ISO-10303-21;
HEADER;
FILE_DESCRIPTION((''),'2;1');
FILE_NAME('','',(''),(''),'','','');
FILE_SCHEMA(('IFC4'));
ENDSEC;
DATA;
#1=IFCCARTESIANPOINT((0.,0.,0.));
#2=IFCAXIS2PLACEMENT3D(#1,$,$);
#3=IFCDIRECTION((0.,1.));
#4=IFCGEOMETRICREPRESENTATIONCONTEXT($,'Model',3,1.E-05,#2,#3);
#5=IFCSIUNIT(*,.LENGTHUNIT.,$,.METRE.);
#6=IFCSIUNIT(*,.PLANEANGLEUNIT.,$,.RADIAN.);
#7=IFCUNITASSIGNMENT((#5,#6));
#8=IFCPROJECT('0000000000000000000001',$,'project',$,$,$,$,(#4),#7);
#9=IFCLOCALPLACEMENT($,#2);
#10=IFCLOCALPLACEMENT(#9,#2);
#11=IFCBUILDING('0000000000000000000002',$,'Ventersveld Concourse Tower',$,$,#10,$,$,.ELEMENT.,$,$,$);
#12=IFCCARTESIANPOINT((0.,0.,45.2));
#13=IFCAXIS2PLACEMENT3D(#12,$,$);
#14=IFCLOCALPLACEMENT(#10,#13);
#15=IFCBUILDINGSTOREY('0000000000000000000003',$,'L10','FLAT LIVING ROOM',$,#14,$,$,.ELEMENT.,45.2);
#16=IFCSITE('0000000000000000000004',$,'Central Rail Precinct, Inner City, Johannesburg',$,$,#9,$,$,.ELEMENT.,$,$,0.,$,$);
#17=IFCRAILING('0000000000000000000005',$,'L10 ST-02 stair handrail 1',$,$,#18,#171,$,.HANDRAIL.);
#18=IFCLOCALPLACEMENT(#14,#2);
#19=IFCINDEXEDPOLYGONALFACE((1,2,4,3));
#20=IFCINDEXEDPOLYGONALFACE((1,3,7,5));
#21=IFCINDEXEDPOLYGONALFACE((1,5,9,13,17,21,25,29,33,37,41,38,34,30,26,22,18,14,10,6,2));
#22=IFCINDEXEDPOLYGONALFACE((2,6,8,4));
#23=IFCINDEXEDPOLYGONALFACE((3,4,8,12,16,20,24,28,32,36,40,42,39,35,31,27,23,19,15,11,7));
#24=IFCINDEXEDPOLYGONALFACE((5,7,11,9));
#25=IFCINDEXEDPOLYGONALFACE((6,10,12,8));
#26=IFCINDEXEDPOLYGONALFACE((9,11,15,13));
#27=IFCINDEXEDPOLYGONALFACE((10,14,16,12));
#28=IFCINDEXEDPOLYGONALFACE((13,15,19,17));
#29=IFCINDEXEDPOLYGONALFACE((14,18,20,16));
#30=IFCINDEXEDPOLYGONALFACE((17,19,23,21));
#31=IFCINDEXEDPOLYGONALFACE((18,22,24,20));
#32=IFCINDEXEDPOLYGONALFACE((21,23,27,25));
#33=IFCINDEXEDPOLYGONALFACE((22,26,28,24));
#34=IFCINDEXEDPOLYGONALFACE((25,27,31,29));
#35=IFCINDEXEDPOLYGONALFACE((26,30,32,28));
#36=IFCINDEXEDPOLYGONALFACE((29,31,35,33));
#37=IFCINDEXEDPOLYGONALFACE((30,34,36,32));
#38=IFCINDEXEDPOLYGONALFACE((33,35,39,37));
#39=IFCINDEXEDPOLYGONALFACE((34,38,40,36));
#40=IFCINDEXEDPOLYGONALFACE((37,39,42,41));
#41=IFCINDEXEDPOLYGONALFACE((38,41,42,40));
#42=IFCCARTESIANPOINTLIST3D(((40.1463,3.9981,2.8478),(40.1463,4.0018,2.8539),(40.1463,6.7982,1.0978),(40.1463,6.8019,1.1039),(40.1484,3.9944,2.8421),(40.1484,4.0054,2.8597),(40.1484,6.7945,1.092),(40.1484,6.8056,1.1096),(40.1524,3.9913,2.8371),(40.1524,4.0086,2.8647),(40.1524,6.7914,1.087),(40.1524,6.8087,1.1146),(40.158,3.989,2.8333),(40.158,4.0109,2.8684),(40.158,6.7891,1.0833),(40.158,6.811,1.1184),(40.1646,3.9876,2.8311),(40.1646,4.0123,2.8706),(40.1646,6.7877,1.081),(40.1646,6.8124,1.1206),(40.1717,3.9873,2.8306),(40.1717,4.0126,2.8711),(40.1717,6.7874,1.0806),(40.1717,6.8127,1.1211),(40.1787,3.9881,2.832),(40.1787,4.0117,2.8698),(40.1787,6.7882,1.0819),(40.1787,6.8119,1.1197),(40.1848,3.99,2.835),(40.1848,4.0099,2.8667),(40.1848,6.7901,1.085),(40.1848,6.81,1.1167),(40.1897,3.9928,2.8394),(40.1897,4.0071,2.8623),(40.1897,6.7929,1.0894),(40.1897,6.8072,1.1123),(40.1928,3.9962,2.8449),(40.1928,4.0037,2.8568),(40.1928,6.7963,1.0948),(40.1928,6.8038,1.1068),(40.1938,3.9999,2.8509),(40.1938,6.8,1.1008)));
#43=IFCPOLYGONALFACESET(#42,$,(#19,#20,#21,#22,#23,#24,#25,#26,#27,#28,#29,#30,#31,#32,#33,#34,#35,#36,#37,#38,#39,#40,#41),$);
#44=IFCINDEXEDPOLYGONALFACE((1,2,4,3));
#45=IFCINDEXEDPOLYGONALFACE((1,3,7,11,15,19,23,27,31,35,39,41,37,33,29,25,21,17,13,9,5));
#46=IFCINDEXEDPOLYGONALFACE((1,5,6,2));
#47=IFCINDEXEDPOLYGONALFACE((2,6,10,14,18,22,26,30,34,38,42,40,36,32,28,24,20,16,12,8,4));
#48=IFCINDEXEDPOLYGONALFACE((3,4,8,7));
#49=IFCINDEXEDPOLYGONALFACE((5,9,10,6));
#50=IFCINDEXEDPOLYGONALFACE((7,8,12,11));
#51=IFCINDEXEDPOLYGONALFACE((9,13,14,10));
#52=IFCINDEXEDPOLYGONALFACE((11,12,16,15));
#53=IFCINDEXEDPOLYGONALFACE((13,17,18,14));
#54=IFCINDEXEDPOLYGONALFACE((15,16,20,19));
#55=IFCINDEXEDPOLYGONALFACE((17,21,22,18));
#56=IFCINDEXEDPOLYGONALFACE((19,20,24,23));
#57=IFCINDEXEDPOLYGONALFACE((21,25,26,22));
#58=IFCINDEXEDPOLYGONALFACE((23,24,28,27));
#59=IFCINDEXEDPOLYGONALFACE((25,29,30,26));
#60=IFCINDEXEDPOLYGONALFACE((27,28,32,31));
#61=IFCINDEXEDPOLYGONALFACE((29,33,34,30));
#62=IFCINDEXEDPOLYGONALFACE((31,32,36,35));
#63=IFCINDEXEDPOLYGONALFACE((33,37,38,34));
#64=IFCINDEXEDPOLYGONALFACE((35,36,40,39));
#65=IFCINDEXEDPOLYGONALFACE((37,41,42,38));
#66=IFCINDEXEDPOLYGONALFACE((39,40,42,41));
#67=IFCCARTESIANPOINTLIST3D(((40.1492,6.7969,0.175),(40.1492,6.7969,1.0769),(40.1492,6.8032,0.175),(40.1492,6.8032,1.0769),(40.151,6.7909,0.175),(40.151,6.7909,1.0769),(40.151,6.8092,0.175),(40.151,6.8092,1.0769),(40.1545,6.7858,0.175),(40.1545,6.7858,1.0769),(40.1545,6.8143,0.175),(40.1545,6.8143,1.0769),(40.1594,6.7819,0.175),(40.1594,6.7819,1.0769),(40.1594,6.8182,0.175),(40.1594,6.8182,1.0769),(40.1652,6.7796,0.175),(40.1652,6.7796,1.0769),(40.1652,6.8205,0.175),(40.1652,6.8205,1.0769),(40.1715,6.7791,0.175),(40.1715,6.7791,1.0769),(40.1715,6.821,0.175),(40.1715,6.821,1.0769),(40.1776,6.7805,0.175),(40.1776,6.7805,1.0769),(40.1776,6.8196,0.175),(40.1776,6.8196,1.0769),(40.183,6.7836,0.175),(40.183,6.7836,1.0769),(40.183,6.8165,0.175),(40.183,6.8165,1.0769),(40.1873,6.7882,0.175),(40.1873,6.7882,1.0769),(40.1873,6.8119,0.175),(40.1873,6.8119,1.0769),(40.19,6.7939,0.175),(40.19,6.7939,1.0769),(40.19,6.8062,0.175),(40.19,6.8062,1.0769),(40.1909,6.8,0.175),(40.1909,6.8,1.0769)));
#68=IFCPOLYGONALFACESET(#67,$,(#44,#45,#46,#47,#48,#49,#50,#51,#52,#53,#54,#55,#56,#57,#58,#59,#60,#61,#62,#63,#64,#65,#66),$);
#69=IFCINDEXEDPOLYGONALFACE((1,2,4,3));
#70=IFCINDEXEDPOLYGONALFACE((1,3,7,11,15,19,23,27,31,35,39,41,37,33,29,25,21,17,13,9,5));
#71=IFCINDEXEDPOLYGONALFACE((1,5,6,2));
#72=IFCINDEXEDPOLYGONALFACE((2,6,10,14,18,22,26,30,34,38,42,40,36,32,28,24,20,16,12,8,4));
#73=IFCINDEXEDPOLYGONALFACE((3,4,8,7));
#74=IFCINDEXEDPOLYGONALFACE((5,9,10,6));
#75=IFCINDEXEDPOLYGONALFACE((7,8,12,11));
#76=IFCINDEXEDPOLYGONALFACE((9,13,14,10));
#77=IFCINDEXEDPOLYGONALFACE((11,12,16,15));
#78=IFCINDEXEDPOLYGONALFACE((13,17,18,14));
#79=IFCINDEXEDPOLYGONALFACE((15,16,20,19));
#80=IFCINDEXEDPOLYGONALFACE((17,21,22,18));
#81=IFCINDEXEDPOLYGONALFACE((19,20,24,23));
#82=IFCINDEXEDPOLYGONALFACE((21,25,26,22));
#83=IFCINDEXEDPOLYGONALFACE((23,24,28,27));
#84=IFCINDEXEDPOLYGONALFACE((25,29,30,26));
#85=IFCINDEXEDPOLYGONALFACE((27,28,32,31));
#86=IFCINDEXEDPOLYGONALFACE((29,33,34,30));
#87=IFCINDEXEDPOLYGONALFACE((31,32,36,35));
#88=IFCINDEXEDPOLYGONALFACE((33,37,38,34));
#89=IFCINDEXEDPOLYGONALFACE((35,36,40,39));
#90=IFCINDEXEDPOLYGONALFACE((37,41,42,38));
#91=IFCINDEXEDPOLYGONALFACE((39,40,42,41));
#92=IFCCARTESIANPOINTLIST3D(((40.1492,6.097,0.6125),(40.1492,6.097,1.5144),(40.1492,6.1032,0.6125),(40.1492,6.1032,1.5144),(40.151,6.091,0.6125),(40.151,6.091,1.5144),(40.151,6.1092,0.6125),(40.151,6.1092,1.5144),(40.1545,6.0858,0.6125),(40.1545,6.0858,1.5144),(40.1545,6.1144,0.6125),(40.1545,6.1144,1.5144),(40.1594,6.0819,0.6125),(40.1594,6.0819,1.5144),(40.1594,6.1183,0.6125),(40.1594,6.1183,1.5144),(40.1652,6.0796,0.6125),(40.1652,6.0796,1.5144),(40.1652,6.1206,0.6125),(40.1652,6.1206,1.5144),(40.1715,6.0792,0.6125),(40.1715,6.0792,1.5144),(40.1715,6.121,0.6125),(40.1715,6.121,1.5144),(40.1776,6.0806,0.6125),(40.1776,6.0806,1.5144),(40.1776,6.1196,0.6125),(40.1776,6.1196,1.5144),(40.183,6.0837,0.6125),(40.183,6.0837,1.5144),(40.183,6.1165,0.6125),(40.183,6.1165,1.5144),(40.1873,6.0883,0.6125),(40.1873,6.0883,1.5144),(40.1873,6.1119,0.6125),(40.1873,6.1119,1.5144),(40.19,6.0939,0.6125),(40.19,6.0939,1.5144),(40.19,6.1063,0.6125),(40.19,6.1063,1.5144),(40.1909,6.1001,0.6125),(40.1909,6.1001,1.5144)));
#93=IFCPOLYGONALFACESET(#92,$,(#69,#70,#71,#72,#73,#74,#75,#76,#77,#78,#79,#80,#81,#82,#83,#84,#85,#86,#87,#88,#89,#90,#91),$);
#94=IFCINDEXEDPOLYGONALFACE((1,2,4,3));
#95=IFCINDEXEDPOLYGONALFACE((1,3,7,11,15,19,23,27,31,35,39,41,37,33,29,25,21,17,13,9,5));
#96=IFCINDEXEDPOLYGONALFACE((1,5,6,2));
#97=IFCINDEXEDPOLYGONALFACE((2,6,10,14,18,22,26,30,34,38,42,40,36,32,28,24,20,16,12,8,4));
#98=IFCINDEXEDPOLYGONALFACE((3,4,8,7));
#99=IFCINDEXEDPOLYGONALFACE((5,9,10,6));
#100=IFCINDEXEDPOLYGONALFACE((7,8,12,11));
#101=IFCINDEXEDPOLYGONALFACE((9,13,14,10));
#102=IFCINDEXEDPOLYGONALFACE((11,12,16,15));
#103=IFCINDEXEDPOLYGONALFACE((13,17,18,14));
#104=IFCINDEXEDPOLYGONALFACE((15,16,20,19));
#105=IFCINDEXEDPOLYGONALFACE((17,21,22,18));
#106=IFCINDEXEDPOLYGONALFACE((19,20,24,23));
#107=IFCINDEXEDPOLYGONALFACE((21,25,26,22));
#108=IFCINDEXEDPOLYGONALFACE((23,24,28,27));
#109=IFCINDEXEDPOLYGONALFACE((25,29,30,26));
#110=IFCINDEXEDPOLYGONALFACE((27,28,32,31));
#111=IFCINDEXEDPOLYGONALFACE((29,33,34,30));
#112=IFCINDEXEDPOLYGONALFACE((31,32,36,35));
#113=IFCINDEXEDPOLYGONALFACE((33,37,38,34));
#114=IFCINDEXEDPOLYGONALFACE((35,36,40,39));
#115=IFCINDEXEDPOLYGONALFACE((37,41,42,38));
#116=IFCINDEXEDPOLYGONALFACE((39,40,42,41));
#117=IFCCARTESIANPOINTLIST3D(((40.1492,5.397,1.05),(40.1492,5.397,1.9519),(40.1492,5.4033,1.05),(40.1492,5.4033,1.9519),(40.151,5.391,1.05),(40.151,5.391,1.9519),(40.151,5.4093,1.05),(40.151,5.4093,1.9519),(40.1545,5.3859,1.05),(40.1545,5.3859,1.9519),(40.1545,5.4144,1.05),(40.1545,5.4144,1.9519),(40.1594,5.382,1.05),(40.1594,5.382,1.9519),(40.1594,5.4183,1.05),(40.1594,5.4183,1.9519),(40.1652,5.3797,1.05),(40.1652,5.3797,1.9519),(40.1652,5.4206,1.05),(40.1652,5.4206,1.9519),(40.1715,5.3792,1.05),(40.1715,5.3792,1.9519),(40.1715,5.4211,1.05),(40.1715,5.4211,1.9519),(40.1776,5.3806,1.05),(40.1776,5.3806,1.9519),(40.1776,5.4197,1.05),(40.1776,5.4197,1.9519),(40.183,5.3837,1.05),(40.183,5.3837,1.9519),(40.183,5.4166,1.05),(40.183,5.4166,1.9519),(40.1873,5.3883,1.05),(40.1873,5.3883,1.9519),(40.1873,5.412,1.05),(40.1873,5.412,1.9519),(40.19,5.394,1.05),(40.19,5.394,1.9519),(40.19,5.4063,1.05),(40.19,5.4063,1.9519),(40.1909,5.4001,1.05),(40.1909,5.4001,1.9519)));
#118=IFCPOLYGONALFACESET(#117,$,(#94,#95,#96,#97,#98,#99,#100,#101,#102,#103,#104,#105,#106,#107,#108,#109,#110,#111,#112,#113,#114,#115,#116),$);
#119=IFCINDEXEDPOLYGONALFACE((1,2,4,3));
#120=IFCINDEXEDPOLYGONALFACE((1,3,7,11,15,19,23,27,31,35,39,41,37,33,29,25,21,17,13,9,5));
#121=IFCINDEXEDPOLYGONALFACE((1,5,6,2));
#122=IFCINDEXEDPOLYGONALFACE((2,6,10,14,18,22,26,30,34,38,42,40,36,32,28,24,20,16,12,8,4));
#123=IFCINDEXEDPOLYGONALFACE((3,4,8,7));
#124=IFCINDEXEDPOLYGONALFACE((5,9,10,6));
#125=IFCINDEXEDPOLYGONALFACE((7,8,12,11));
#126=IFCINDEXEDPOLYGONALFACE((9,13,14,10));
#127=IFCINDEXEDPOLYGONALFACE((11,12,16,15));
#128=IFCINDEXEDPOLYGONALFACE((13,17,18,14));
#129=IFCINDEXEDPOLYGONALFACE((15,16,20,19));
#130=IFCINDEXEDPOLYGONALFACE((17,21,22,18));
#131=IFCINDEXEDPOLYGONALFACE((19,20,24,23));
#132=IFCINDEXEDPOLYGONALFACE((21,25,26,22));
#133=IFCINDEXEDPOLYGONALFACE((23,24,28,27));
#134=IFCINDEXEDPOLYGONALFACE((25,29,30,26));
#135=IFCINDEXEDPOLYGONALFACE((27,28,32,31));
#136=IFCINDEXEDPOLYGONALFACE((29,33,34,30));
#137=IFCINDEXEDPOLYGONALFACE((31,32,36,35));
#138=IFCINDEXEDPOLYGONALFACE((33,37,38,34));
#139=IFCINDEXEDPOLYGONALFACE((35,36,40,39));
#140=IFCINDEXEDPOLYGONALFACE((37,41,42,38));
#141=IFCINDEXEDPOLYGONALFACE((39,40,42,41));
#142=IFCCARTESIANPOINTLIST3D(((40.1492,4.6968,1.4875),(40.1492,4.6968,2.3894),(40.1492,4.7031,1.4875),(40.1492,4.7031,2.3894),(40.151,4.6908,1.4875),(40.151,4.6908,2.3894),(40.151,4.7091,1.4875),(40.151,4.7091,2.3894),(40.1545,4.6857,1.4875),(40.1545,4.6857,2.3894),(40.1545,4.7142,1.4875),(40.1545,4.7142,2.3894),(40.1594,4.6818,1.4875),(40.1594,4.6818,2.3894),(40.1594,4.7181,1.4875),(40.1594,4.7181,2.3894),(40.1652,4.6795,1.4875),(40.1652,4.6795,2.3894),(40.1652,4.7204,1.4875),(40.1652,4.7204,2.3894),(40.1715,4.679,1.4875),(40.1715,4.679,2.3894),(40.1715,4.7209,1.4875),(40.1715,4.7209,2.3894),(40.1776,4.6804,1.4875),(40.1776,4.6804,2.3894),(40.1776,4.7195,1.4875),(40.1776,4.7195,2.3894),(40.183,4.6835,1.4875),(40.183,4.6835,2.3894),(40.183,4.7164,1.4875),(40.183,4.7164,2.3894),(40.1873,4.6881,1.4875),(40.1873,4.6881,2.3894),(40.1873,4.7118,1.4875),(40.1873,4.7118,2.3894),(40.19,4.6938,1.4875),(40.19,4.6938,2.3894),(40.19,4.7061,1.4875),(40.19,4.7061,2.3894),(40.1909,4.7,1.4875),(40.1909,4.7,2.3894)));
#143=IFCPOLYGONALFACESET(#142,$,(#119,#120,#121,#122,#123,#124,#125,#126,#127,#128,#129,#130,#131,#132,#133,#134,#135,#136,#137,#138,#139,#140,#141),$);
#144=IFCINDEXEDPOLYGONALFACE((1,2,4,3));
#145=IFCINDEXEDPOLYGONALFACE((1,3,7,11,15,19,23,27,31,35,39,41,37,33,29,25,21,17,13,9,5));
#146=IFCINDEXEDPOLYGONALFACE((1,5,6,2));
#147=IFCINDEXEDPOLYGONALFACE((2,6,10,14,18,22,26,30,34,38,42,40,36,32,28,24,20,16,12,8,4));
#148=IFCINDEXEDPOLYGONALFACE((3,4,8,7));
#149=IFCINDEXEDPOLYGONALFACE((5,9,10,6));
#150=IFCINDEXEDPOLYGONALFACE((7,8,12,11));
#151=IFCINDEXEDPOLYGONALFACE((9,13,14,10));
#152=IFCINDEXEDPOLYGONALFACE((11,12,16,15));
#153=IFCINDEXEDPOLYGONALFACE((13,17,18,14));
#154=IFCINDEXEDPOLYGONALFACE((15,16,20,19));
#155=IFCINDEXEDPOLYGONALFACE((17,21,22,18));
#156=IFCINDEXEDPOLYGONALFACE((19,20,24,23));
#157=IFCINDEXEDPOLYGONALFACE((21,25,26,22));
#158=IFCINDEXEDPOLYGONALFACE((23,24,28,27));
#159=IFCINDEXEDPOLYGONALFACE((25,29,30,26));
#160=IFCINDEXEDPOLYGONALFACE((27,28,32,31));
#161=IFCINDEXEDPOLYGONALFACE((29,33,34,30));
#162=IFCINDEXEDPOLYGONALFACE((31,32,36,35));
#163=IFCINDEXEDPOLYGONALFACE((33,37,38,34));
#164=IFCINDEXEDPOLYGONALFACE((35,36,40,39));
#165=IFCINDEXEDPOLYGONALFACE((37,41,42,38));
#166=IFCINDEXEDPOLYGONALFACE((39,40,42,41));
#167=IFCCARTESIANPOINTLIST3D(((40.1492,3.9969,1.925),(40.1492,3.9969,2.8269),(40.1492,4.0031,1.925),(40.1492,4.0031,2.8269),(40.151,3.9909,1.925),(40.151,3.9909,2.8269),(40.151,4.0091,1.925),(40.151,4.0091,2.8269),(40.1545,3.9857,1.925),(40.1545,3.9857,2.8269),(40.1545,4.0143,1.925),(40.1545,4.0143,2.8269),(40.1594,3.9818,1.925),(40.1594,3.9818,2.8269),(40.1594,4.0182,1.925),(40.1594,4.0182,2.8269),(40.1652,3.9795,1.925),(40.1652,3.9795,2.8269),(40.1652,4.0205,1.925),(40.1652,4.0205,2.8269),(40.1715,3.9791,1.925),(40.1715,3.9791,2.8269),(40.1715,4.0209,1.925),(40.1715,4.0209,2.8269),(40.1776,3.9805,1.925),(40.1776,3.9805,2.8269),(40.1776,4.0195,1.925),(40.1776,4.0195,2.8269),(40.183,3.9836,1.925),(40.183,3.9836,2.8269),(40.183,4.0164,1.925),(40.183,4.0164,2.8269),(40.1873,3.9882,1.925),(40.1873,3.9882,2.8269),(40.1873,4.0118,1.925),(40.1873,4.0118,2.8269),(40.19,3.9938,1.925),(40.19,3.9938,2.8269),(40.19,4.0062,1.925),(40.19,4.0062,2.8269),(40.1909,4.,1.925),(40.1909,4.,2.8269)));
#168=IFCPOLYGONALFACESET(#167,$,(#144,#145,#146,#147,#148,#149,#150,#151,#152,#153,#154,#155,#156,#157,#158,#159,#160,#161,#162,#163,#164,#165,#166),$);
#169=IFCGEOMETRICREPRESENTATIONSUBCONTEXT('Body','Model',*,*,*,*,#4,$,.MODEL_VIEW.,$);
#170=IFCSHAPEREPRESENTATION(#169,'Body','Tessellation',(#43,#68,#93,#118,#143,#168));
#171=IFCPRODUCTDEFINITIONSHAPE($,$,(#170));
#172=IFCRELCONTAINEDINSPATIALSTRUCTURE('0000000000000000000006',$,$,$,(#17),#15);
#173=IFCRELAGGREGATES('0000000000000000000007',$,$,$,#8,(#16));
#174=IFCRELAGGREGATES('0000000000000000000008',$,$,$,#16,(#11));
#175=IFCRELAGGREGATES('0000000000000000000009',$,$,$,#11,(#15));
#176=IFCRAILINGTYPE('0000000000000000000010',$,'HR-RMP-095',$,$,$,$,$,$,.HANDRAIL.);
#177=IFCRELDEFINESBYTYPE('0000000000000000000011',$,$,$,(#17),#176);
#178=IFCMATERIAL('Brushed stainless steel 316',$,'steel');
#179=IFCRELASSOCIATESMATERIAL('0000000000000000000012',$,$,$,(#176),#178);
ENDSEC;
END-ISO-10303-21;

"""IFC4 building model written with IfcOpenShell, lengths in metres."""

from ifc_helpers import new_model, si_unit, direction, frame, origin, origin_2d, place, context, subcontext, project, spatial, circle, extrude, material, type_object, element, save


model = new_model("IFC4")

# Units and contexts
model_context = context("Model", 3, precision=1e-05, world=origin(), true_north=direction((0.0, 1.0)))
body_context = subcontext(model_context, "Body", "Model", "MODEL_VIEW")
ifc_project = project(units=[si_unit("LENGTHUNIT", "METRE"), si_unit("PLANEANGLEUNIT", "RADIAN")], contexts=[model_context])

# Site, building, storey
site_placement = place(None, origin())
site = spatial("IfcSite", under=ifc_project, at=site_placement, Name="Central Rail Precinct, Inner City, Johannesburg", CompositionType="ELEMENT", RefElevation=0.0)
building_placement = place(site_placement, origin())
building = spatial("IfcBuilding", under=site, at=building_placement, Name="Ventersveld Concourse Tower", CompositionType="ELEMENT")
storey_placement = place(building_placement, frame((0.0, 0.0, 45.2)))
storey = spatial("IfcBuildingStorey", under=building, at=storey_placement, Name="L10", Description="FLAT LIVING ROOM", CompositionType="ELEMENT", Elevation=45.2)

# Shared definitions
ifc_material_1 = material(Name="Brushed stainless steel 316", Category="steel")

# Railing
railing_type_1 = type_object("IfcRailingType", Name="HR-RMP-095", PredefinedType="HANDRAIL", material=ifc_material_1)
railing_1_placement = place(storey_placement, frame((40.1699, 6.8, 0.175)))
element("IfcRailing", 1, at=railing_1_placement, inside=storey, type_object=railing_type_1, Name="L10 ST-02 stair handrail 1", PredefinedType="HANDRAIL", context=body_context, shape_type="SweptSolid", body=[
    extrude(circle(Radius=0.0239, at=origin_2d()), frame((0.0, 0.0, 0.9258), z_axis=(0.0, -0.848002, 0.529992), x_axis=(1.0, 0.0, 0.0)), (0.0, 0.0, 1.0), 3.302),
    extrude(circle(Radius=0.021, at=origin_2d()), origin(), (0.0, 0.0, 1.0), 0.9019),
    extrude(circle(Radius=0.021, at=origin_2d()), frame((0.0, -0.7, 0.4375)), (0.0, 0.0, 1.0), 0.9019),
    extrude(circle(Radius=0.021, at=origin_2d()), frame((0.0, -1.3999, 0.875)), (0.0, 0.0, 1.0), 0.9019),
    extrude(circle(Radius=0.021, at=origin_2d()), frame((0.0, -2.1001, 1.3125)), (0.0, 0.0, 1.0), 0.9019),
    extrude(circle(Radius=0.021, at=origin_2d()), frame((0.0, -2.8, 1.75)), (0.0, 0.0, 1.0), 0.9019),
])

save(model, "model.ifc")
